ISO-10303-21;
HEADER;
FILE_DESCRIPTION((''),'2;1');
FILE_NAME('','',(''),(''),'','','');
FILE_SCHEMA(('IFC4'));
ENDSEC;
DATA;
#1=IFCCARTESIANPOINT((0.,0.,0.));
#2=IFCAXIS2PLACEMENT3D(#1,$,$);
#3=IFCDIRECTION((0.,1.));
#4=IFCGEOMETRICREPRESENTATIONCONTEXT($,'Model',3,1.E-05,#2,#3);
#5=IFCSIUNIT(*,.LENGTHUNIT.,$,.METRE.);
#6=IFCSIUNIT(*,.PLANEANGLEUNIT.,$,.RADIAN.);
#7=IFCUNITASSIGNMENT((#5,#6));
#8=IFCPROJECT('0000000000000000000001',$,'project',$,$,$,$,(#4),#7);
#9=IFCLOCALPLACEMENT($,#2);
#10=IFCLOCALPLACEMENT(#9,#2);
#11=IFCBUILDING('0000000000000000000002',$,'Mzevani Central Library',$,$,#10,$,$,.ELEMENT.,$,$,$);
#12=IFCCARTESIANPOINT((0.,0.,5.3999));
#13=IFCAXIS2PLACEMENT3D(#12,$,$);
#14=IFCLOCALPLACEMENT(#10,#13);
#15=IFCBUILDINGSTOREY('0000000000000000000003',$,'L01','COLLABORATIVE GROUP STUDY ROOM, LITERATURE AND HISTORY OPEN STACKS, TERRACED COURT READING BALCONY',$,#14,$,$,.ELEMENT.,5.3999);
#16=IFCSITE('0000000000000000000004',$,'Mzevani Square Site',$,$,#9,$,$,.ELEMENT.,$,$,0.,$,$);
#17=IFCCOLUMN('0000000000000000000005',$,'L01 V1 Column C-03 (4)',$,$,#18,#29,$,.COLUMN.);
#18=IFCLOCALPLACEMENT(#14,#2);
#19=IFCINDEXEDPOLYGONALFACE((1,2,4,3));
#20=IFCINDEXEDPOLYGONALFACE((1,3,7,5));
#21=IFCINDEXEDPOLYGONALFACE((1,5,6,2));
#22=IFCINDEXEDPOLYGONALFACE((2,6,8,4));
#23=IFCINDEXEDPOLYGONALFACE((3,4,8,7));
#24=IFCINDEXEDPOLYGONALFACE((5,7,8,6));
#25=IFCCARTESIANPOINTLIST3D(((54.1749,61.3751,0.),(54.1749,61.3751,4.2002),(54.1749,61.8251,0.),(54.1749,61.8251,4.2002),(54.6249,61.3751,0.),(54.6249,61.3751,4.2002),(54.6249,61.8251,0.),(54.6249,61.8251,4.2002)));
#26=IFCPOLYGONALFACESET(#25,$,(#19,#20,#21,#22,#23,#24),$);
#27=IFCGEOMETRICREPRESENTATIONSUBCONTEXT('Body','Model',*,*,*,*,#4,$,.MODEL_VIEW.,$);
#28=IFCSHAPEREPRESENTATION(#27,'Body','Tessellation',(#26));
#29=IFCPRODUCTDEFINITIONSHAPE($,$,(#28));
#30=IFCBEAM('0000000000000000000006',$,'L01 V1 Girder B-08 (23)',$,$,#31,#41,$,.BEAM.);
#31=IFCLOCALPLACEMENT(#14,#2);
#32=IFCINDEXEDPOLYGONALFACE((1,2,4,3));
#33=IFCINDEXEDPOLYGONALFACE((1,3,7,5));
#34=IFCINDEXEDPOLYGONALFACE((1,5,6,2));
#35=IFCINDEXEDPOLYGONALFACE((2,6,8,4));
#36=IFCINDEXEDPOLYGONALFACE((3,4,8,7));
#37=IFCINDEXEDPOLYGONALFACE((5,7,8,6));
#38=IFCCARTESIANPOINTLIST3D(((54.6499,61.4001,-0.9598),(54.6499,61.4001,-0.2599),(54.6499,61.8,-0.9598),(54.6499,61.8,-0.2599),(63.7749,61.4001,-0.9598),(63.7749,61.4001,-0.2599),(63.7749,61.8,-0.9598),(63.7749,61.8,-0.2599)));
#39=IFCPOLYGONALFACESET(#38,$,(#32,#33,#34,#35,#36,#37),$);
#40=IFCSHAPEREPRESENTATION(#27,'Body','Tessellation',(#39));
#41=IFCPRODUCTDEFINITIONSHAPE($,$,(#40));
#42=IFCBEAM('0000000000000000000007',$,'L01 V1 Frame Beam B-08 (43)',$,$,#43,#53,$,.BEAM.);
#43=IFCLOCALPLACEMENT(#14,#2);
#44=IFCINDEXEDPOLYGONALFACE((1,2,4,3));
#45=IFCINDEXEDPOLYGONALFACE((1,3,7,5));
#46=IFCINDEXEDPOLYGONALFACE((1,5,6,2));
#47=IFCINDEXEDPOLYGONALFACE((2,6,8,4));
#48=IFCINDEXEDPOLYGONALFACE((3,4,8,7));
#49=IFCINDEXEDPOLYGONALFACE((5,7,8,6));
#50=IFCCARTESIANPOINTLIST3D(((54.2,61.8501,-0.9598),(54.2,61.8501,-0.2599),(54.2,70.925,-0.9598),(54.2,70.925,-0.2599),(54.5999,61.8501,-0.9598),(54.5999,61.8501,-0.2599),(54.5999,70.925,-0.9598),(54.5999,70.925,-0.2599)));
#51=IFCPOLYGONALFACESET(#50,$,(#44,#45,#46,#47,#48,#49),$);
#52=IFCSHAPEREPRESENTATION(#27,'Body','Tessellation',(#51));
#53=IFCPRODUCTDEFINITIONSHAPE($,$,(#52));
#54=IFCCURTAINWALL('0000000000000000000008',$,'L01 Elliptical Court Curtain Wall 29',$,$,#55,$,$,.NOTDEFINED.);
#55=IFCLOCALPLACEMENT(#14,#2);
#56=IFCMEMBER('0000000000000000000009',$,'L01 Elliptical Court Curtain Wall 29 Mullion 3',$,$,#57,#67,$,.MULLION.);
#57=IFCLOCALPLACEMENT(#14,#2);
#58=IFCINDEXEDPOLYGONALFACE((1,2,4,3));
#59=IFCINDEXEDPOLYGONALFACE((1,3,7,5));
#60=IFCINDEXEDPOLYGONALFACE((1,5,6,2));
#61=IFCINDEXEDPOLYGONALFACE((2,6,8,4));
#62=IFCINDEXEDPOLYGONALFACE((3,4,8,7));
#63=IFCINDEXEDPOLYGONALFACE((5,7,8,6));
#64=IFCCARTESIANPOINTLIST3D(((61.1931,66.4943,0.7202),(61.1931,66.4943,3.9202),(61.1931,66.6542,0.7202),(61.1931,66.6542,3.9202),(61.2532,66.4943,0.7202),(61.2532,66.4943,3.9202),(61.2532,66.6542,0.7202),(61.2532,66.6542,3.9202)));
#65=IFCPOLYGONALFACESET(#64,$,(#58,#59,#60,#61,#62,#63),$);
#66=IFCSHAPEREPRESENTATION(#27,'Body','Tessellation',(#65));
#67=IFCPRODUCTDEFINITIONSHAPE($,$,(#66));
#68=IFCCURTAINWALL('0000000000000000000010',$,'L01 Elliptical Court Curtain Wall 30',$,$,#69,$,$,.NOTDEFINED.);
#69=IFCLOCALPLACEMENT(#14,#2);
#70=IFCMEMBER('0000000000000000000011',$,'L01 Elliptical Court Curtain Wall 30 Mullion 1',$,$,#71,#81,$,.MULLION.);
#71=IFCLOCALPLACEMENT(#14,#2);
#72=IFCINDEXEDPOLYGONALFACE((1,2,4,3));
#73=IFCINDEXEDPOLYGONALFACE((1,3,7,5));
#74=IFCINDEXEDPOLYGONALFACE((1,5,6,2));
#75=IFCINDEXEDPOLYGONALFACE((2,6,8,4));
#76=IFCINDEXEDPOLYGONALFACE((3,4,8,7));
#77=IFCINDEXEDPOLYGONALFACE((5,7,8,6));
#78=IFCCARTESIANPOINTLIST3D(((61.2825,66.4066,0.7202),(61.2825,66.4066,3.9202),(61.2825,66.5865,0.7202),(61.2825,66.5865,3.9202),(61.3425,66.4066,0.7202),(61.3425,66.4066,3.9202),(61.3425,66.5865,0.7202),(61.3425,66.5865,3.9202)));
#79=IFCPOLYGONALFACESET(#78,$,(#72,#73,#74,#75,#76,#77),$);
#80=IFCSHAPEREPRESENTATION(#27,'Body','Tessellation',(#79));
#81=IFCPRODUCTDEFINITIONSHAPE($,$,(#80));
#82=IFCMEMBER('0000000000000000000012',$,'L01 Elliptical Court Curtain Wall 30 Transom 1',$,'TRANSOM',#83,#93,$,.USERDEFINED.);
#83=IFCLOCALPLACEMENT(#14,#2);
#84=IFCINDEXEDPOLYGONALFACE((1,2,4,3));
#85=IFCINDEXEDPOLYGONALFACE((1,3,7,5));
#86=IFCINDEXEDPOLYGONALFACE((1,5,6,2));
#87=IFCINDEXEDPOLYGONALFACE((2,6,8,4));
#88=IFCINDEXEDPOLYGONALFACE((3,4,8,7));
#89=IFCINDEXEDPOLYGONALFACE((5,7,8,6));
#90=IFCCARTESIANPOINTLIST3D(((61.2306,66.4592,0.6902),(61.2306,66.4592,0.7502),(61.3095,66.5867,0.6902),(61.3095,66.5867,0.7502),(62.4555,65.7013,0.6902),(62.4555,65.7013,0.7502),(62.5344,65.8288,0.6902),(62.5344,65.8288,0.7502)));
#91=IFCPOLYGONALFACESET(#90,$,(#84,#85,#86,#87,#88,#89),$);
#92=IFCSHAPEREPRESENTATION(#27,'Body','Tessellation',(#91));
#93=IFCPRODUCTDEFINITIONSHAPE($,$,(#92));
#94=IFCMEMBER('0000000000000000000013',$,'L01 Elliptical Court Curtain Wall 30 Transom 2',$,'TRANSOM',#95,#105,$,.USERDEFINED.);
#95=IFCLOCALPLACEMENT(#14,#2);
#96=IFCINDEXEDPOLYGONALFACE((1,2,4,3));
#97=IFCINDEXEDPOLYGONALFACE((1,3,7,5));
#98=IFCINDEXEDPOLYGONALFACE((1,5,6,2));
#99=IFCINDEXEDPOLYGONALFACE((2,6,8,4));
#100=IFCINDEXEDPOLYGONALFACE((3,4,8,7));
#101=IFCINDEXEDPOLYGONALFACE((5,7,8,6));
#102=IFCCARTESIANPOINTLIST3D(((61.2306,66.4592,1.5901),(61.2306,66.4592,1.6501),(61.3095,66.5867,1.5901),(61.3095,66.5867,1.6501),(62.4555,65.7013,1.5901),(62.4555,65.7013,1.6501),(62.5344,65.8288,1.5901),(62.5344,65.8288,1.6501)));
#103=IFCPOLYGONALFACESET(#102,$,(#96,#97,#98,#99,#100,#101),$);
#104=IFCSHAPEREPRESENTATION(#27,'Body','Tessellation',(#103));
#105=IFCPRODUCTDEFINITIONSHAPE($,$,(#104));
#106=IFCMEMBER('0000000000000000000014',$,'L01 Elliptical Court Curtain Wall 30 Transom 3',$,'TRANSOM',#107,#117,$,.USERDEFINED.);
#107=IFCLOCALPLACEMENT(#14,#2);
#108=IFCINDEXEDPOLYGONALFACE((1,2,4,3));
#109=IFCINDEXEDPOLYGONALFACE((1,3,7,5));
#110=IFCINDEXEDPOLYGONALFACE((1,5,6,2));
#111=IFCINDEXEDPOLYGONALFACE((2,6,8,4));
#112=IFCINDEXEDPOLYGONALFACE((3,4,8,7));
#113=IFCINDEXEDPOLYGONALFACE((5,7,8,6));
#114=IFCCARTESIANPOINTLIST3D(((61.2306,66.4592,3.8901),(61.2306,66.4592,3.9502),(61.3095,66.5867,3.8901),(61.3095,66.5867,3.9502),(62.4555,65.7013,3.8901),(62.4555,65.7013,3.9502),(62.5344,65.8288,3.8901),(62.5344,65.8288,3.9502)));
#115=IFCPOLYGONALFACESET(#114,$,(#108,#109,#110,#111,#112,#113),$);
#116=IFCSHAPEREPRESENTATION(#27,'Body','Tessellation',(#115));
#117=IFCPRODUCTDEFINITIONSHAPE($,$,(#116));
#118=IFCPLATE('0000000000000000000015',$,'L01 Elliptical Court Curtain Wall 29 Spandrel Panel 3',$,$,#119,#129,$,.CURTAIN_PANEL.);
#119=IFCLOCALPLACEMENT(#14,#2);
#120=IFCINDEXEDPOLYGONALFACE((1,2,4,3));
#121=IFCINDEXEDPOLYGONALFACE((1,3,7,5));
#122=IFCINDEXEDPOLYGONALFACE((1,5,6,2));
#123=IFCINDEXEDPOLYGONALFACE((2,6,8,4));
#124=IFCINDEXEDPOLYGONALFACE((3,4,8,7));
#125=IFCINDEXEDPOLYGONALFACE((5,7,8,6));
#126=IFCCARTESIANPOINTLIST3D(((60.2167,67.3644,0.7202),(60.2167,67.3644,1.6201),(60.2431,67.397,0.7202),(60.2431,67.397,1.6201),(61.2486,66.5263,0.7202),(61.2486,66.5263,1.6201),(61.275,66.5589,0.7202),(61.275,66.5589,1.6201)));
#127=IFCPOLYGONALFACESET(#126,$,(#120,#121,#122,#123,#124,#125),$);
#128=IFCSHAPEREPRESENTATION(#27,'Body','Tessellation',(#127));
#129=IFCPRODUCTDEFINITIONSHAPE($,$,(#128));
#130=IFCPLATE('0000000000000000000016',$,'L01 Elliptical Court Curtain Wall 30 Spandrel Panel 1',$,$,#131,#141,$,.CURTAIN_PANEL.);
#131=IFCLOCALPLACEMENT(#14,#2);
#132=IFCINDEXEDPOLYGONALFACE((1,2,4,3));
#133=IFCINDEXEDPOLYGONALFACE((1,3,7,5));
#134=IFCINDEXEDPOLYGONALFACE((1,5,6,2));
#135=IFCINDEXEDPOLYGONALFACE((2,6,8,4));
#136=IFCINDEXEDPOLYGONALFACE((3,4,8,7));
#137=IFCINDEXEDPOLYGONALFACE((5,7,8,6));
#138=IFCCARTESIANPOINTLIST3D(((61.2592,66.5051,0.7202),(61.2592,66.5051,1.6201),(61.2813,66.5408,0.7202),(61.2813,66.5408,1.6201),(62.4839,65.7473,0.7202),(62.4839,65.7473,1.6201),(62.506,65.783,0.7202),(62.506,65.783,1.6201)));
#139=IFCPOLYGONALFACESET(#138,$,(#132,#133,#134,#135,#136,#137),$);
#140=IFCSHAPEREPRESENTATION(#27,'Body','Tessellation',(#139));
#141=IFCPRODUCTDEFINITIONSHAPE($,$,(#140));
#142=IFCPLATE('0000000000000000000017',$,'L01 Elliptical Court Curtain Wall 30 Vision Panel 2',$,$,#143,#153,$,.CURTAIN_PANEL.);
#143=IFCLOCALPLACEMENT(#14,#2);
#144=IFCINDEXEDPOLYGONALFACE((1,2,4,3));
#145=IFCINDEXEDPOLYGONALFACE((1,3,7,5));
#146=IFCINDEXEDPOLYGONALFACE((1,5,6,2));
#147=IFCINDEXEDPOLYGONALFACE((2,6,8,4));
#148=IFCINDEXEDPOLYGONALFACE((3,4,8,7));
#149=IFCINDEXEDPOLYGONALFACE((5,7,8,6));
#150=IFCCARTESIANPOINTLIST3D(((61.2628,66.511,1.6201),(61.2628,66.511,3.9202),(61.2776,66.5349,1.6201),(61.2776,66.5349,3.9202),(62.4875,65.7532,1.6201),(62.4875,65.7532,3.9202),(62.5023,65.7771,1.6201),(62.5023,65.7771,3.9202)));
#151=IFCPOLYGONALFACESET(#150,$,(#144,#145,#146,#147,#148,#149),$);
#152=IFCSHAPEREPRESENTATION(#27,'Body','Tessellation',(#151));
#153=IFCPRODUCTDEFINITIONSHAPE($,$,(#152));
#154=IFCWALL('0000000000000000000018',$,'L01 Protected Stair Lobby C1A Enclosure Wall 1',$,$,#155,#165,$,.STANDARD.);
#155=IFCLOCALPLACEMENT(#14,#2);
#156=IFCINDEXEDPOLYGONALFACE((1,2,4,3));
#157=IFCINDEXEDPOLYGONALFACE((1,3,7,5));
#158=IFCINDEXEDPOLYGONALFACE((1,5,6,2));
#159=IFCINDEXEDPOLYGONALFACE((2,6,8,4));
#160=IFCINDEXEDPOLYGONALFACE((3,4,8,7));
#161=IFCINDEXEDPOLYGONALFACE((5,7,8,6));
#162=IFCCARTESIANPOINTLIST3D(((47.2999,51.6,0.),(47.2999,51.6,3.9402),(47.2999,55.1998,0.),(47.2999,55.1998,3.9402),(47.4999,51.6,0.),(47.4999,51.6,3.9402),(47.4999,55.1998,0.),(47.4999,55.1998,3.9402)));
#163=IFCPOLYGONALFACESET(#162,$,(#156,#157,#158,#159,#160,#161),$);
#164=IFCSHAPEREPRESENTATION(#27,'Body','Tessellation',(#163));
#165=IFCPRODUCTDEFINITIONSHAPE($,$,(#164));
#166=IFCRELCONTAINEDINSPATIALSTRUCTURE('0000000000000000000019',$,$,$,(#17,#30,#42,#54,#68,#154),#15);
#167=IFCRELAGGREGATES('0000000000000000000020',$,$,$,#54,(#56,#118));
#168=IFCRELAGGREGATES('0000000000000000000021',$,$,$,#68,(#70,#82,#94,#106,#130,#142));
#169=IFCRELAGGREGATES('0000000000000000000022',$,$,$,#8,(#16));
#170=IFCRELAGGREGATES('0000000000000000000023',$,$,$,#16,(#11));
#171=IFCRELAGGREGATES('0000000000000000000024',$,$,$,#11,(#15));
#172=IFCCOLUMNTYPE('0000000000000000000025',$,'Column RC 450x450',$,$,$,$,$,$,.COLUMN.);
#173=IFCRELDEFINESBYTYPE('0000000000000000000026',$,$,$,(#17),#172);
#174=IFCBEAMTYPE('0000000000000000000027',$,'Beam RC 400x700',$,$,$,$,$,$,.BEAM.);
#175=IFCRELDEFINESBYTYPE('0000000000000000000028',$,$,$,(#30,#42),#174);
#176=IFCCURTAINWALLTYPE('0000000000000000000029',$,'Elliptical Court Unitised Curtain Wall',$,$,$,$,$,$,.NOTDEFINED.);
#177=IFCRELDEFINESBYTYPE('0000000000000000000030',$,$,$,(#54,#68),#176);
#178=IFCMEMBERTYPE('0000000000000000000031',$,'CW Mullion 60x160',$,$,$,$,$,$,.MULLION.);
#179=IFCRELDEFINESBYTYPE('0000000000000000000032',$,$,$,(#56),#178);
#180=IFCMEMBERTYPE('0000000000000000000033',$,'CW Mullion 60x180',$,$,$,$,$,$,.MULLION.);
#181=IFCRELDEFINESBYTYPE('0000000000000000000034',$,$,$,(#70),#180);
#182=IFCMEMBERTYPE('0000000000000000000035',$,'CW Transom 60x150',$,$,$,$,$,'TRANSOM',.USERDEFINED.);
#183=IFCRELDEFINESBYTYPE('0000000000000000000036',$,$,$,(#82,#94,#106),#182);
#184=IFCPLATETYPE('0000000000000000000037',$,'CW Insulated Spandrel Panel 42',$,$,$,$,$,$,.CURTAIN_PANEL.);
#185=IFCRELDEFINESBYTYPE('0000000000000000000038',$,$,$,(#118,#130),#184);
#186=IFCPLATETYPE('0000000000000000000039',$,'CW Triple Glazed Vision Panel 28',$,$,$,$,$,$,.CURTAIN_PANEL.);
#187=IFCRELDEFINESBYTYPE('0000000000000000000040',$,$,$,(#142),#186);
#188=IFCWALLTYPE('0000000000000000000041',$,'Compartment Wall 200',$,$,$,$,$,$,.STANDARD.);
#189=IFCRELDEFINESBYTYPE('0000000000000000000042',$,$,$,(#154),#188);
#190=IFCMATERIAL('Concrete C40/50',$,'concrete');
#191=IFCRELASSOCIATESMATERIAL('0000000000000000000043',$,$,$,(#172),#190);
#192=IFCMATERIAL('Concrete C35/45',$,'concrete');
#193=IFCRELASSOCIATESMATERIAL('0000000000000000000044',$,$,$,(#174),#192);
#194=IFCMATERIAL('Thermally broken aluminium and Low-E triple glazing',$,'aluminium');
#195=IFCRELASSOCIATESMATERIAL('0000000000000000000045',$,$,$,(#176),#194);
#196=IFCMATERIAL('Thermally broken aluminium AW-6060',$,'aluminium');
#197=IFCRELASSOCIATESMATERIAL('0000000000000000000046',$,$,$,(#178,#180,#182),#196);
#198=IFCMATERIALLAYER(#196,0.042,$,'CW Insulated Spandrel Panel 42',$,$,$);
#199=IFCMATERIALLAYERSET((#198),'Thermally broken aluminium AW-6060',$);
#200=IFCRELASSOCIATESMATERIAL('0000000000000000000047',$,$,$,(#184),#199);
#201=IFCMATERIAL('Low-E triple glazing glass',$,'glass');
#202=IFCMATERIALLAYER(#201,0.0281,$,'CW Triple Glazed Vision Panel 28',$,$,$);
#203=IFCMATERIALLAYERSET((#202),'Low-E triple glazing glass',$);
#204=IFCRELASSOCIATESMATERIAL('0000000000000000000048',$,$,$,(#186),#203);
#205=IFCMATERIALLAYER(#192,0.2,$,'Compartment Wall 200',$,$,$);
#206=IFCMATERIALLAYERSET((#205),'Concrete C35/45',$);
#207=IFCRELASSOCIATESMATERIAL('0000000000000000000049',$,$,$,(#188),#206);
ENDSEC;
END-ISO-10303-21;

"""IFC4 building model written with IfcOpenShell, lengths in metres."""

from ifc_helpers import new_model, si_unit, direction, frame, frame_2d, origin, origin_2d, place, context, subcontext, project, spatial, rectangle, extrude, material, layer, layer_set, material_profile, profile_set, type_object, element, aggregate, save


model = new_model("IFC4")

# Units and contexts
model_context = context("Model", 3, precision=1e-05, world=origin(), true_north=direction((0.0, 1.0)))
body_context = subcontext(model_context, "Body", "Model", "MODEL_VIEW")
ifc_project = project(units=[si_unit("LENGTHUNIT", "METRE"), si_unit("PLANEANGLEUNIT", "RADIAN")], contexts=[model_context])

# Site, building, storey
site_placement = place(None, origin())
site = spatial("IfcSite", under=ifc_project, at=site_placement, Name="Mzevani Square Site", CompositionType="ELEMENT", RefElevation=0.0)
building_placement = place(site_placement, origin())
building = spatial("IfcBuilding", under=site, at=building_placement, Name="Mzevani Central Library", CompositionType="ELEMENT")
storey_placement = place(building_placement, frame((0.0, 0.0, 5.3999)))
storey = spatial("IfcBuildingStorey", under=building, at=storey_placement, Name="L01", Description="COLLABORATIVE GROUP STUDY ROOM, LITERATURE AND HISTORY OPEN STACKS, TERRACED COURT READING BALCONY", CompositionType="ELEMENT", Elevation=5.3999)

# Column
ifc_material_1 = material(Name="Concrete C40/50", Category="concrete")
ifc_material_profile_1 = material_profile(ifc_material_1, rectangle(XDim=0.45, YDim=0.45, at=origin_2d()), Name="RC 450x450")
ifc_profile_set_1 = profile_set([ifc_material_profile_1], Name="Concrete C40/50")
column_type = type_object("IfcColumnType", Name="Column RC 450x450", PredefinedType="COLUMN", material=ifc_profile_set_1)
column_placement = place(storey_placement, frame((54.3999, 61.6001, 0.0), z_axis=(0.0, 0.0, 1.0), x_axis=(1.0, 0.0, 0.0)))
element("IfcColumn", 1, at=column_placement, inside=storey, type_object=column_type, Name="L01 V1 Column C-03 (4)", PredefinedType="COLUMN", context=body_context, shape_type="SweptSolid", body=[
    extrude(rectangle(XDim=0.45, YDim=0.45, at=origin_2d()), origin(), (0.0, 0.0, 1.0), 4.2002),
])

# Beams
ifc_material_2 = material(Name="Concrete C35/45", Category="concrete")
ifc_material_profile_2 = material_profile(ifc_material_2, rectangle(XDim=0.3999, YDim=0.7, at=origin_2d()), Name="RC B400x700")
ifc_profile_set_2 = profile_set([ifc_material_profile_2], Name="Concrete C35/45")
beam_type = type_object("IfcBeamType", Name="Beam RC 400x700", PredefinedType="BEAM", material=ifc_profile_set_2)
beam_1_placement = place(storey_placement, frame((54.6499, 61.6001, -0.6099), z_axis=(1.0, 0.0, 0.0), x_axis=(0.0, 1.0, 0.0)))
element("IfcBeam", 2, at=beam_1_placement, inside=storey, type_object=beam_type, Name="L01 V1 Girder B-08 (23)", PredefinedType="BEAM", context=body_context, shape_type="SweptSolid", body=[
    extrude(rectangle(XDim=0.3999, YDim=0.7, at=origin_2d()), origin(), (0.0, 0.0, 1.0), 9.125),
])
beam_2_placement = place(storey_placement, frame((54.3999, 61.8501, -0.6099), z_axis=(0.0, 1.0, 0.0), x_axis=(-1.0, 0.0, 0.0)))
element("IfcBeam", 3, at=beam_2_placement, inside=storey, type_object=beam_type, Name="L01 V1 Frame Beam B-08 (43)", PredefinedType="BEAM", context=body_context, shape_type="SweptSolid", body=[
    extrude(rectangle(XDim=0.3999, YDim=0.7, at=origin_2d()), origin(), (0.0, 0.0, 1.0), 9.075),
])

# Curtain wall, member
ifc_material_3 = material(Name="Thermally broken aluminium and Low-E triple glazing", Category="aluminium")
curtain_wall_type = type_object("IfcCurtainWallType", Name="Elliptical Court Unitised Curtain Wall", PredefinedType="NOTDEFINED", material=ifc_material_3)
curtain_wall_1_placement = place(storey_placement, origin())
curtain_wall_1 = element("IfcCurtainWall", 4, at=curtain_wall_1_placement, inside=storey, type_object=curtain_wall_type, Name="L01 Elliptical Court Curtain Wall 29", PredefinedType="NOTDEFINED")
ifc_material_4 = material(Name="Thermally broken aluminium AW-6060", Category="aluminium")
ifc_material_profile_3 = material_profile(ifc_material_4, rectangle(XDim=0.0601, YDim=0.1599, at=origin_2d()), Name="ALU M60x160")
ifc_profile_set_3 = profile_set([ifc_material_profile_3], Name="Thermally broken aluminium AW-6060")
member_type_1 = type_object("IfcMemberType", Name="CW Mullion 60x160", PredefinedType="MULLION", material=ifc_profile_set_3)
member_1_placement = place(storey_placement, frame((61.2231, 66.5742, 0.7202), z_axis=(0.0, 0.0, 1.0), x_axis=(1.0, 0.0, 0.0)))
member_1 = element("IfcMember", 5, at=member_1_placement, type_object=member_type_1, Name="L01 Elliptical Court Curtain Wall 29 Mullion 3", PredefinedType="MULLION", context=body_context, shape_type="SweptSolid", body=[
    extrude(rectangle(XDim=0.0601, YDim=0.1599, at=origin_2d()), origin(), (0.0, 0.0, 1.0), 3.2),
])

# Curtain wall, members
curtain_wall_2_placement = place(storey_placement, origin())
curtain_wall_2 = element("IfcCurtainWall", 6, at=curtain_wall_2_placement, inside=storey, type_object=curtain_wall_type, Name="L01 Elliptical Court Curtain Wall 30", PredefinedType="NOTDEFINED")
ifc_material_profile_4 = material_profile(ifc_material_4, rectangle(XDim=0.0601, YDim=0.1799, at=origin_2d()), Name="ALU M60x180")
ifc_profile_set_4 = profile_set([ifc_material_profile_4], Name="Thermally broken aluminium AW-6060")
member_type_2 = type_object("IfcMemberType", Name="CW Mullion 60x180", PredefinedType="MULLION", material=ifc_profile_set_4)
member_2_placement = place(storey_placement, frame((61.3125, 66.4966, 0.7202), z_axis=(0.0, 0.0, 1.0), x_axis=(1.0, 0.0, 0.0)))
member_2 = element("IfcMember", 7, at=member_2_placement, type_object=member_type_2, Name="L01 Elliptical Court Curtain Wall 30 Mullion 1", PredefinedType="MULLION", context=body_context, shape_type="SweptSolid", body=[
    extrude(rectangle(XDim=0.0601, YDim=0.1799, at=origin_2d()), origin(), (0.0, 0.0, 1.0), 3.2),
])
ifc_material_profile_5 = material_profile(ifc_material_4, rectangle(XDim=0.1499, YDim=0.0601, at=origin_2d()), Name="ALU T60x150")
ifc_profile_set_5 = profile_set([ifc_material_profile_5], Name="Thermally broken aluminium AW-6060")
member_type_3 = type_object("IfcMemberType", Name="CW Transom 60x150", ElementType="TRANSOM", PredefinedType="USERDEFINED", material=ifc_profile_set_5)
member_3_placement = place(storey_placement, frame((61.27, 66.5229, 0.7202), z_axis=(0.850399, -0.526139, 0.0), x_axis=(0.526139, 0.850399, 0.0)))
member_3 = element("IfcMember", 8, at=member_3_placement, type_object=member_type_3, Name="L01 Elliptical Court Curtain Wall 30 Transom 1", ObjectType="TRANSOM", PredefinedType="USERDEFINED", context=body_context, shape_type="SweptSolid", body=[
    extrude(rectangle(XDim=0.1499, YDim=0.0601, at=origin_2d()), origin(), (0.0, 0.0, 1.0), 1.4404),
])
member_4_placement = place(storey_placement, frame((61.27, 66.5229, 1.6201), z_axis=(0.850399, -0.526139, 0.0), x_axis=(0.526139, 0.850399, 0.0)))
member_4 = element("IfcMember", 9, at=member_4_placement, type_object=member_type_3, Name="L01 Elliptical Court Curtain Wall 30 Transom 2", ObjectType="TRANSOM", PredefinedType="USERDEFINED", context=body_context, shape_type="SweptSolid", body=[
    extrude(rectangle(XDim=0.1499, YDim=0.0601, at=origin_2d()), origin(), (0.0, 0.0, 1.0), 1.4404),
])
member_5_placement = place(storey_placement, frame((61.27, 66.5229, 3.9202), z_axis=(0.850399, -0.526139, 0.0), x_axis=(0.526139, 0.850399, 0.0)))
member_5 = element("IfcMember", 10, at=member_5_placement, type_object=member_type_3, Name="L01 Elliptical Court Curtain Wall 30 Transom 3", ObjectType="TRANSOM", PredefinedType="USERDEFINED", context=body_context, shape_type="SweptSolid", body=[
    extrude(rectangle(XDim=0.1499, YDim=0.0601, at=origin_2d()), origin(), (0.0, 0.0, 1.0), 1.4404),
])

# Plates
ifc_layer_1 = layer(ifc_material_4, 0.042, Name="CW Insulated Spandrel Panel 42")
ifc_layer_set_1 = layer_set([ifc_layer_1], Name="Thermally broken aluminium AW-6060")
plate_type_1 = type_object("IfcPlateType", Name="CW Insulated Spandrel Panel 42", PredefinedType="CURTAIN_PANEL", material=ifc_layer_set_1)
plate_1_placement = place(storey_placement, frame((60.7458, 66.9617, 0.7202), z_axis=(0.0, 0.0, 1.0), x_axis=(0.776231, -0.630448, 0.0)))
plate_1 = element("IfcPlate", 11, at=plate_1_placement, type_object=plate_type_1, Name="L01 Elliptical Court Curtain Wall 29 Spandrel Panel 3", PredefinedType="CURTAIN_PANEL", context=body_context, shape_type="SweptSolid", body=[
    extrude(rectangle(XDim=1.3293, YDim=0.042, at=origin_2d()), origin(), (0.0, 0.0, 1.0), 0.8999),
])
aggregate(curtain_wall_1, [member_1, plate_1])
plate_2_placement = place(storey_placement, frame((61.8826, 66.144, 0.7202), z_axis=(0.0, 0.0, 1.0), x_axis=(0.850358, -0.526205, 0.0)))
plate_2 = element("IfcPlate", 12, at=plate_2_placement, type_object=plate_type_1, Name="L01 Elliptical Court Curtain Wall 30 Spandrel Panel 1", PredefinedType="CURTAIN_PANEL", context=body_context, shape_type="SweptSolid", body=[
    extrude(rectangle(XDim=1.4402, YDim=0.042, at=origin_2d()), origin(), (0.0, 0.0, 1.0), 0.8999),
])
ifc_material_5 = material(Name="Low-E triple glazing glass", Category="glass")
ifc_layer_2 = layer(ifc_material_5, 0.0281, Name="CW Triple Glazed Vision Panel 28")
ifc_layer_set_2 = layer_set([ifc_layer_2], Name="Low-E triple glazing glass")
plate_type_2 = type_object("IfcPlateType", Name="CW Triple Glazed Vision Panel 28", PredefinedType="CURTAIN_PANEL", material=ifc_layer_set_2)
plate_3_placement = place(storey_placement, frame((61.8826, 66.144, 1.6201), z_axis=(0.0, 0.0, 1.0), x_axis=(0.850358, -0.526205, 0.0)))
plate_3 = element("IfcPlate", 13, at=plate_3_placement, type_object=plate_type_2, Name="L01 Elliptical Court Curtain Wall 30 Vision Panel 2", PredefinedType="CURTAIN_PANEL", context=body_context, shape_type="SweptSolid", body=[
    extrude(rectangle(XDim=1.4402, YDim=0.0281, at=origin_2d()), origin(), (0.0, 0.0, 1.0), 2.3),
])
aggregate(curtain_wall_2, [member_2, member_3, member_4, member_5, plate_2, plate_3])

# Wall
ifc_layer_3 = layer(ifc_material_2, 0.2, Name="Compartment Wall 200")
ifc_layer_set_3 = layer_set([ifc_layer_3], Name="Concrete C35/45")
wall_type_1 = type_object("IfcWallType", Name="Compartment Wall 200", PredefinedType="STANDARD", material=ifc_layer_set_3)
wall_1_placement = place(storey_placement, frame((47.3999, 51.6001, 0.0), z_axis=(0.0, 0.0, 1.0), x_axis=(0.0, 1.0, 0.0)))
element("IfcWall", 14, at=wall_1_placement, inside=storey, type_object=wall_type_1, Name="L01 Protected Stair Lobby C1A Enclosure Wall 1", PredefinedType="STANDARD", context=body_context, shape_type="SweptSolid", body=[
    extrude(rectangle(XDim=3.5999, YDim=0.2, at=frame_2d((1.7998, 0.0))), origin(), (0.0, 0.0, 1.0), 3.9402),
])

save(model, "model.ifc")
